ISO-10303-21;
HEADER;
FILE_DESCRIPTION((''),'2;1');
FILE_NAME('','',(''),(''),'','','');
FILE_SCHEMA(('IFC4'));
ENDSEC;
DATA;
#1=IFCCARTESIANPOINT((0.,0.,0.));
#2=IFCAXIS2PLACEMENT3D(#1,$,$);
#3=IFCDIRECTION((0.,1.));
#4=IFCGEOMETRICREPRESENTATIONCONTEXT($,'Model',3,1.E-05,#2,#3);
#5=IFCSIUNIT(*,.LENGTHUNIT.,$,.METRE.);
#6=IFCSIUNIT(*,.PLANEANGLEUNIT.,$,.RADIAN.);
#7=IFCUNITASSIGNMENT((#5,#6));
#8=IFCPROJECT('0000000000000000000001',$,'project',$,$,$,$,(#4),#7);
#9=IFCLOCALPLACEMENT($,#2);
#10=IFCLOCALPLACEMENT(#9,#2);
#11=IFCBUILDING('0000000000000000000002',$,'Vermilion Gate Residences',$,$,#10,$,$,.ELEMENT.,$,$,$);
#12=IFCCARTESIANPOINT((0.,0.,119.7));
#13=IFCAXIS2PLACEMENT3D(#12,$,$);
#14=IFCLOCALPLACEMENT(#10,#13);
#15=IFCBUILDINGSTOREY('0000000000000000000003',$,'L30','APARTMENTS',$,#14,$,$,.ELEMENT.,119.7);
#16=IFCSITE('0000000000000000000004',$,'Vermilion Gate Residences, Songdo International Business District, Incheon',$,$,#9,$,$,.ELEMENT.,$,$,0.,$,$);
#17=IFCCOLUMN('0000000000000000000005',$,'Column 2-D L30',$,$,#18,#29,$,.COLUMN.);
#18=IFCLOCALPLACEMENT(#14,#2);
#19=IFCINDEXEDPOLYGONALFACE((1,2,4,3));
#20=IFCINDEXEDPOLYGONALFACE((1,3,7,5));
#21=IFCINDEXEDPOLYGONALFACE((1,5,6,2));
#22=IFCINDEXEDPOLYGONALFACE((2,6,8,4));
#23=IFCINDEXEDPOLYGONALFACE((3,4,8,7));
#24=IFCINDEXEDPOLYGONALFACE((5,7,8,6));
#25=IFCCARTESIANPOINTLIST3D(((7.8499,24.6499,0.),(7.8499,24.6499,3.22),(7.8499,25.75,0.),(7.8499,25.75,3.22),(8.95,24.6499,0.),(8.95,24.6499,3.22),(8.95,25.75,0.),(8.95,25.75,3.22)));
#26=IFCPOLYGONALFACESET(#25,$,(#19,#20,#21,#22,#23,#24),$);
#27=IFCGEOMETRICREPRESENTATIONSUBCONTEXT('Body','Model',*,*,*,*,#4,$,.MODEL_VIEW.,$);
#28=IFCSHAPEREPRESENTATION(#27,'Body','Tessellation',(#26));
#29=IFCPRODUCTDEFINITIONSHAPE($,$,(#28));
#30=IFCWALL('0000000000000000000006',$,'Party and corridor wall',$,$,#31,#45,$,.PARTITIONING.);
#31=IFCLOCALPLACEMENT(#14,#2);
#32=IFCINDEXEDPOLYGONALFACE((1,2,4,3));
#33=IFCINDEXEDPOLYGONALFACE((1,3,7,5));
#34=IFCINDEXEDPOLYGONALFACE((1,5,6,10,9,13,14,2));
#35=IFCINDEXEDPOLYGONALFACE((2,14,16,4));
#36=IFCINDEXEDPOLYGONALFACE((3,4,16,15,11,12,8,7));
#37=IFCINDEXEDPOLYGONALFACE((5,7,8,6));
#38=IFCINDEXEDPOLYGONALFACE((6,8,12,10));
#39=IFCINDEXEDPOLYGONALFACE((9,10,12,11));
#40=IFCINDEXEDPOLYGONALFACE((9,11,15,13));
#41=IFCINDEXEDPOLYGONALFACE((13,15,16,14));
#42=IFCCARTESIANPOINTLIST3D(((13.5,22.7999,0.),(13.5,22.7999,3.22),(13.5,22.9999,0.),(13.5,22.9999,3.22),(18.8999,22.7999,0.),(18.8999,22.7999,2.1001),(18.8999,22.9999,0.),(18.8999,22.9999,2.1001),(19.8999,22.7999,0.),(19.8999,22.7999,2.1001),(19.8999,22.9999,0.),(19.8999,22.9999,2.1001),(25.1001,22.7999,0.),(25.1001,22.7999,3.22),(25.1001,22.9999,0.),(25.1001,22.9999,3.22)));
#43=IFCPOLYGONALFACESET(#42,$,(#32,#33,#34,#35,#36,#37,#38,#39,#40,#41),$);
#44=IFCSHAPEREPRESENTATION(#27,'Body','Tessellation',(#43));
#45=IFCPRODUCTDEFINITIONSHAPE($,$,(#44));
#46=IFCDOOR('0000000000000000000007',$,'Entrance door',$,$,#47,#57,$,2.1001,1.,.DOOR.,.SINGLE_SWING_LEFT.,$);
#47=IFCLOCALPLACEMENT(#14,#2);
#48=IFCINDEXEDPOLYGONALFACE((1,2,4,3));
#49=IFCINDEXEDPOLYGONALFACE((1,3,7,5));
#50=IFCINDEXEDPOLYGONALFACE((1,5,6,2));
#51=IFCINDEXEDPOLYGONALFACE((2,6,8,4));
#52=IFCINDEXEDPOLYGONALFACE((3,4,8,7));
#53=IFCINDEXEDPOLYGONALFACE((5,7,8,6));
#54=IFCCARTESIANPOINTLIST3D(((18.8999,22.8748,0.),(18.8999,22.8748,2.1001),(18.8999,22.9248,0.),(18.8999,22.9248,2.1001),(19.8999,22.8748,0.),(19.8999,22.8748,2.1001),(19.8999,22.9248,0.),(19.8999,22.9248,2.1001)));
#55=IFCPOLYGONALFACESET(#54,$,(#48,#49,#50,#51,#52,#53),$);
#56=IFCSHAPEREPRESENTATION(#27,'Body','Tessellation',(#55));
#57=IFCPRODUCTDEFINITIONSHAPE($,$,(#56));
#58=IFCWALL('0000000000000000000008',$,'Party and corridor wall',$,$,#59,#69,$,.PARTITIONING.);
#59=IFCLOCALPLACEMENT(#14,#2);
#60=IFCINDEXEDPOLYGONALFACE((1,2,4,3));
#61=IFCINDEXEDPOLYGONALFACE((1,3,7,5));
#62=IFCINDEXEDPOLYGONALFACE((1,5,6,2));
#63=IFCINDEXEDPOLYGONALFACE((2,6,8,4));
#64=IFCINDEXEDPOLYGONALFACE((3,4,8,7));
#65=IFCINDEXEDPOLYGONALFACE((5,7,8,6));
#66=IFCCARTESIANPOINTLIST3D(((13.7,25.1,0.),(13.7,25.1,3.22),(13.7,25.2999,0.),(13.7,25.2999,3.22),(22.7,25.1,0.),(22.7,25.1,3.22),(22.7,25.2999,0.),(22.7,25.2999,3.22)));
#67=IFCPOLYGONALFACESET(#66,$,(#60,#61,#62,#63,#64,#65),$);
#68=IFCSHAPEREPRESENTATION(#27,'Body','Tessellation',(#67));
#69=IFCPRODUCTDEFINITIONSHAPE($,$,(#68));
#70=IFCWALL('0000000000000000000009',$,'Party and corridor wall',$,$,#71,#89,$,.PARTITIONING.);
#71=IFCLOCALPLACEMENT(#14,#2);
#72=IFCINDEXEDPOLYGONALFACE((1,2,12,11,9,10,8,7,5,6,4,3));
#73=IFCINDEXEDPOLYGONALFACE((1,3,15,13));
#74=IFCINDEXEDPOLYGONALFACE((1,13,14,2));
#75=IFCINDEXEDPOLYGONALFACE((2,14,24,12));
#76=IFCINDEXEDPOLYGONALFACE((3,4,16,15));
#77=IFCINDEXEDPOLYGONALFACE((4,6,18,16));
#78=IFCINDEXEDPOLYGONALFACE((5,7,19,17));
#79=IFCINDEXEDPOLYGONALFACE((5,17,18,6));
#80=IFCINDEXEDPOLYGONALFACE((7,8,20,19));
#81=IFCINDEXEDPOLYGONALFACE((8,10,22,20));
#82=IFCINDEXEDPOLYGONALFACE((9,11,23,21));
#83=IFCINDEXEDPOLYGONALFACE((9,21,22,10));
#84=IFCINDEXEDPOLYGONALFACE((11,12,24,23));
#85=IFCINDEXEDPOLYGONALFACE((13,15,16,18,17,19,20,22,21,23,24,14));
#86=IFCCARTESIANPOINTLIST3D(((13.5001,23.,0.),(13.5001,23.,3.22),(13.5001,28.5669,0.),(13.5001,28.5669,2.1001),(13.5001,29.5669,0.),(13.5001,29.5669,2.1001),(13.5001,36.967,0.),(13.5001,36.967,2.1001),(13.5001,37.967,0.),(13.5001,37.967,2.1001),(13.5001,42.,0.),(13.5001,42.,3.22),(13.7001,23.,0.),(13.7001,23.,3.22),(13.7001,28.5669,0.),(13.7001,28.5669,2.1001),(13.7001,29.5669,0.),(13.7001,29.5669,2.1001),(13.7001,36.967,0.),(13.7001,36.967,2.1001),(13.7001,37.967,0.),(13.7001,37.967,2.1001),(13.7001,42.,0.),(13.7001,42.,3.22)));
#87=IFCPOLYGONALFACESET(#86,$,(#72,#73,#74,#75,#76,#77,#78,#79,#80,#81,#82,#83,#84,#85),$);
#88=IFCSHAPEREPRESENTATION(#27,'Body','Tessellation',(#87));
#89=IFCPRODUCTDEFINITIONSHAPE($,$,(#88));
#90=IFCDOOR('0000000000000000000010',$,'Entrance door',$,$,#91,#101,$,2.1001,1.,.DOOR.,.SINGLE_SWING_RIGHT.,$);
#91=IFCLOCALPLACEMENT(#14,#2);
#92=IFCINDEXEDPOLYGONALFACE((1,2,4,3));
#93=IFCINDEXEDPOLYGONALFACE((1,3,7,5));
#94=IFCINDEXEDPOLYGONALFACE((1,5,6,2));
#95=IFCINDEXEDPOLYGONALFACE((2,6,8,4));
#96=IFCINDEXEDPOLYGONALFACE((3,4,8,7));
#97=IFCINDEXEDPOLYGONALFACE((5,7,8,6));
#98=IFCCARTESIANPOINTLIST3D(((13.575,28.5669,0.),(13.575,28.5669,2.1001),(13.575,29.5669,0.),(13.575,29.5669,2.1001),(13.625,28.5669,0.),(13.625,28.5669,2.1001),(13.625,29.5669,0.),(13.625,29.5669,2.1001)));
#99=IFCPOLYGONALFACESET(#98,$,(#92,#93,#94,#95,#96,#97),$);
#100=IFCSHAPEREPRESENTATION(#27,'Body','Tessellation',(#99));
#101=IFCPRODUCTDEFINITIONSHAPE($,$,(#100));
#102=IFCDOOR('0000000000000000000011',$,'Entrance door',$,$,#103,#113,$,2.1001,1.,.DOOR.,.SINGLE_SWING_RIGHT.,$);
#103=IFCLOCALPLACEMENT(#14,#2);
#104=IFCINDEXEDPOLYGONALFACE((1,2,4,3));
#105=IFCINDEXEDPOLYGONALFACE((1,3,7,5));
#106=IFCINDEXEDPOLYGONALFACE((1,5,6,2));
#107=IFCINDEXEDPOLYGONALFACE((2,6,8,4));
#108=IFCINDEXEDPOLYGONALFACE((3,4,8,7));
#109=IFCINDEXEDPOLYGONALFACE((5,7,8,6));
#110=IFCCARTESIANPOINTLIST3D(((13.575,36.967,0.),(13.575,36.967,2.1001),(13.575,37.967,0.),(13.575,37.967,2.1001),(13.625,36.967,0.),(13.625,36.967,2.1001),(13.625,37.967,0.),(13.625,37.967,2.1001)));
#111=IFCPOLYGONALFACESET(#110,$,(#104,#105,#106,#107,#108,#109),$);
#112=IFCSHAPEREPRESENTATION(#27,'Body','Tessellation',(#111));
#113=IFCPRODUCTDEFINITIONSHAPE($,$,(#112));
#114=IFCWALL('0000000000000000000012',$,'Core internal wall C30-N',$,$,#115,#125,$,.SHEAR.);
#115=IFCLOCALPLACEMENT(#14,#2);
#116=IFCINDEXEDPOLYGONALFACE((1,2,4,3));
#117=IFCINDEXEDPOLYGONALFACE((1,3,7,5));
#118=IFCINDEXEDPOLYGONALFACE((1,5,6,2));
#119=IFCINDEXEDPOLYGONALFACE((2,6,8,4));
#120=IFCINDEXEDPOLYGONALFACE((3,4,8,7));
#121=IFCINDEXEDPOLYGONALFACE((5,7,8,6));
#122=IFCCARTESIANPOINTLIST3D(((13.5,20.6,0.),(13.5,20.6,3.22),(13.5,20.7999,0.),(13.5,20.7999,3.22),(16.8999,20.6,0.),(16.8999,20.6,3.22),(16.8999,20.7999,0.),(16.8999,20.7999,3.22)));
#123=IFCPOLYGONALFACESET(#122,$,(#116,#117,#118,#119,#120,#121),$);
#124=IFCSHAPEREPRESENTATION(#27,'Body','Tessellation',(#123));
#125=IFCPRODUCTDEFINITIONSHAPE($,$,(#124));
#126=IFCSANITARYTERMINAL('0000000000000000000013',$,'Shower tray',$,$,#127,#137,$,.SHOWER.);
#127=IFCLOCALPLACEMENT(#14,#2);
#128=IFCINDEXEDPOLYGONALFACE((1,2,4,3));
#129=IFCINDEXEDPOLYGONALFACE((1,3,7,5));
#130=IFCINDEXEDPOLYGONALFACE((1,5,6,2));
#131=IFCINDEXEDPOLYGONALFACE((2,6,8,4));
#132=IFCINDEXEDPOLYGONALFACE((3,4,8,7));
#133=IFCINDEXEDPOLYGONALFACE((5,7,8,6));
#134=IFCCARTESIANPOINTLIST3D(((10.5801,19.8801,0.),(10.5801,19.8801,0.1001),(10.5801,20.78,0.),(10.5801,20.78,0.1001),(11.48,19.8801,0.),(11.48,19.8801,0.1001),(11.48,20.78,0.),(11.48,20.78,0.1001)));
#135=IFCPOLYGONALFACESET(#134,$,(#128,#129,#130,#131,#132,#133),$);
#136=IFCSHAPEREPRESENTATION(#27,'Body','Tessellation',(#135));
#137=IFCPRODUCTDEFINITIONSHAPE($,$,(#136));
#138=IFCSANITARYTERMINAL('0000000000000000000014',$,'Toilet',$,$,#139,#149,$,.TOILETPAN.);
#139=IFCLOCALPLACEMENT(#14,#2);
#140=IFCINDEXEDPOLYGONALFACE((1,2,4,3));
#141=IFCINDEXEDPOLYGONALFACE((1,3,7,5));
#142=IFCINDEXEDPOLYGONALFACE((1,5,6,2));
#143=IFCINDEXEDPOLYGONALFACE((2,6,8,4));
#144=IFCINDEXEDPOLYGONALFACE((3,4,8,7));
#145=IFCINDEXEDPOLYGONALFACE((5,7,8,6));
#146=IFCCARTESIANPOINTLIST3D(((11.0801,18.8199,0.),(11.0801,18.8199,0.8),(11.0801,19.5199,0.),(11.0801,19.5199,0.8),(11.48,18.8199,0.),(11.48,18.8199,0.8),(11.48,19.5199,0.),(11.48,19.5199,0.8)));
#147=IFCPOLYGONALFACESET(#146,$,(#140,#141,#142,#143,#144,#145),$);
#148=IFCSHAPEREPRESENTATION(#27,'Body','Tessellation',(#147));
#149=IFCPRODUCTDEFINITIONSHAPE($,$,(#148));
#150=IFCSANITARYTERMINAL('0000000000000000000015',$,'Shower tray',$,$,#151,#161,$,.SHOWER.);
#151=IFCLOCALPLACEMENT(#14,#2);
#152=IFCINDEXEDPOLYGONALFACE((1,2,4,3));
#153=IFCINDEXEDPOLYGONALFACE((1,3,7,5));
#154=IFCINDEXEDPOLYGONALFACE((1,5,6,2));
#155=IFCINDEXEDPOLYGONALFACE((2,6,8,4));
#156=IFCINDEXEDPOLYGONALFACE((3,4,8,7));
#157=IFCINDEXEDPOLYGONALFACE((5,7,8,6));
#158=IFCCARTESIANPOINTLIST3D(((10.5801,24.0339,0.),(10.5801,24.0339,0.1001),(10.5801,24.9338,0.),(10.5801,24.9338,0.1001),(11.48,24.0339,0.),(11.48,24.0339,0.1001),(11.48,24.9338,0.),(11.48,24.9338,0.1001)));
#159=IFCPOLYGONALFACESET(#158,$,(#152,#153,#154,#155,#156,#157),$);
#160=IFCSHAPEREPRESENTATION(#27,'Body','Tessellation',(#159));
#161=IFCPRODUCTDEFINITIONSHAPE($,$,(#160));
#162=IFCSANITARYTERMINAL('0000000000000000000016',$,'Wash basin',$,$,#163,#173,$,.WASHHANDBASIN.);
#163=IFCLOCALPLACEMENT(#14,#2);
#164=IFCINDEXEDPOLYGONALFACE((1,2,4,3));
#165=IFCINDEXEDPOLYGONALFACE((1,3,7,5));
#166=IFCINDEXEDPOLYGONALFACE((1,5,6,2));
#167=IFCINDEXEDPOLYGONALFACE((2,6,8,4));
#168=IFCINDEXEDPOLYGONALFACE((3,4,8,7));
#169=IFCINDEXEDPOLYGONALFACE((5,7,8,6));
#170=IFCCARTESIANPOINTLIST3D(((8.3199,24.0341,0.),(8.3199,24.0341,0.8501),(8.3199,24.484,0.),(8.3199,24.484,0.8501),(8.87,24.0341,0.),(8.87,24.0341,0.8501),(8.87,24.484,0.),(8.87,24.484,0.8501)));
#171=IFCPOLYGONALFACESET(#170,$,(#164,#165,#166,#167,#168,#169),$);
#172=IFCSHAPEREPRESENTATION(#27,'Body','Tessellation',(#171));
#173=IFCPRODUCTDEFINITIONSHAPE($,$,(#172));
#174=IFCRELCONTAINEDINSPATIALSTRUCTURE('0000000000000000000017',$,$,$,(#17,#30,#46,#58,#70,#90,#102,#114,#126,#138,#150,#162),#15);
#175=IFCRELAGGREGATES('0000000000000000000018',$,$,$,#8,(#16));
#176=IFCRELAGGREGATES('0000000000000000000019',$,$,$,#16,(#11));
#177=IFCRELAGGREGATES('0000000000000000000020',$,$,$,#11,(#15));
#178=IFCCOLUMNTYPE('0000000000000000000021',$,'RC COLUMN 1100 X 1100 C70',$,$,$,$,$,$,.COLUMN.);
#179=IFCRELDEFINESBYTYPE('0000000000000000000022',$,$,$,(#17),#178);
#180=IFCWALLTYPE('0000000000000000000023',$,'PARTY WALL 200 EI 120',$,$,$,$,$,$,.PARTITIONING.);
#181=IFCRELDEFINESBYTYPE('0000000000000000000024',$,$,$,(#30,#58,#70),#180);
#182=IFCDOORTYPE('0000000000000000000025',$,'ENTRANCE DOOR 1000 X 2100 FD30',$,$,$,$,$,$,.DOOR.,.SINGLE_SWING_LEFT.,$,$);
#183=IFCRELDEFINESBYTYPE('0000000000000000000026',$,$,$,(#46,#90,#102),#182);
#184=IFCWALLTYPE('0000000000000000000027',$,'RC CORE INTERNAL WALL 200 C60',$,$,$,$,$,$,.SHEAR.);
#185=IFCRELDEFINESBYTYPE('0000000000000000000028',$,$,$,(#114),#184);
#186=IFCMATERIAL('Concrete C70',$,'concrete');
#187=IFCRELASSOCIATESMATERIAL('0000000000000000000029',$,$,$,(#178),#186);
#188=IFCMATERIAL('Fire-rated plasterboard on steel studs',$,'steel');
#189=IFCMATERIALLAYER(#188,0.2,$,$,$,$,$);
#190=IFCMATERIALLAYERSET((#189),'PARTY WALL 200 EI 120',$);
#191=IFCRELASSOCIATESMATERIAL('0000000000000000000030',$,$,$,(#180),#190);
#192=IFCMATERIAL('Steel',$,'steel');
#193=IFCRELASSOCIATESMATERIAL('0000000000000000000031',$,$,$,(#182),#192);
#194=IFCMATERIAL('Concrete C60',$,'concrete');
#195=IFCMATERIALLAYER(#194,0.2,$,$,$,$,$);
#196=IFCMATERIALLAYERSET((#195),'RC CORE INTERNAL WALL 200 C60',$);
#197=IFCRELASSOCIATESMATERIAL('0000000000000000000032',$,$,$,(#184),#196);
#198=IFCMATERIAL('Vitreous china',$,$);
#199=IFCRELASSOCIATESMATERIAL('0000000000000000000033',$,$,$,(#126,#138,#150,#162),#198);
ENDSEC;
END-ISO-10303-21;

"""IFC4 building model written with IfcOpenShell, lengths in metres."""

from ifc_helpers import new_model, si_unit, direction, frame, frame_2d, origin, origin_2d, place, context, subcontext, project, spatial, rectangle, extrude, material, layer, layer_set, material_profile, profile_set, type_object, element, fill, save


model = new_model("IFC4")

# Units and contexts
model_context = context("Model", 3, precision=1e-05, world=origin(), true_north=direction((0.0, 1.0)))
body_context = subcontext(model_context, "Body", "Model", "MODEL_VIEW")
ifc_project = project(units=[si_unit("LENGTHUNIT", "METRE"), si_unit("PLANEANGLEUNIT", "RADIAN")], contexts=[model_context])

# Site, building, storey
site_placement = place(None, origin())
site = spatial("IfcSite", under=ifc_project, at=site_placement, Name="Vermilion Gate Residences, Songdo International Business District, Incheon", CompositionType="ELEMENT", RefElevation=0.0)
building_placement = place(site_placement, origin())
building = spatial("IfcBuilding", under=site, at=building_placement, Name="Vermilion Gate Residences", CompositionType="ELEMENT")
storey_placement = place(building_placement, frame((0.0, 0.0, 119.7)))
storey = spatial("IfcBuildingStorey", under=building, at=storey_placement, Name="L30", Description="APARTMENTS", CompositionType="ELEMENT", Elevation=119.7)

# Column
ifc_material_1 = material(Name="Concrete C70", Category="concrete")
ifc_material_profile = material_profile(ifc_material_1, rectangle(XDim=1.1001, YDim=1.1001, at=origin_2d()), Name="RC-1100x1100")
ifc_profile_set = profile_set([ifc_material_profile], Name="Concrete C70")
column_type = type_object("IfcColumnType", Name="RC COLUMN 1100 X 1100 C70", PredefinedType="COLUMN", material=ifc_profile_set)
column_placement = place(storey_placement, frame((8.3999, 25.2, 0.0), z_axis=(0.0, 0.0, 1.0), x_axis=(1.0, 0.0, 0.0)))
element("IfcColumn", 1, at=column_placement, inside=storey, type_object=column_type, Name="Column 2-D L30", PredefinedType="COLUMN", context=body_context, shape_type="SweptSolid", body=[
    extrude(rectangle(XDim=1.1001, YDim=1.1001, at=origin_2d()), origin(), (0.0, 0.0, 1.0), 3.22),
])

# Wall, opening, door
ifc_material_2 = material(Name="Fire-rated plasterboard on steel studs", Category="steel")
ifc_layer_1 = layer(ifc_material_2, 0.2)
ifc_layer_set_1 = layer_set([ifc_layer_1], Name="PARTY WALL 200 EI 120")
wall_type_1 = type_object("IfcWallType", Name="PARTY WALL 200 EI 120", PredefinedType="PARTITIONING", material=ifc_layer_set_1)
wall_1_placement = place(storey_placement, frame((13.5, 22.8999, 0.0), z_axis=(0.0, 0.0, 1.0), x_axis=(1.0, 0.0, 0.0)))
wall_1 = element("IfcWall", 2, at=wall_1_placement, inside=storey, type_object=wall_type_1, Name="Party and corridor wall", PredefinedType="PARTITIONING", context=body_context, shape_type="SweptSolid", body=[
    extrude(rectangle(XDim=11.6001, YDim=0.2, at=frame_2d((5.8, 0.0))), origin(), (0.0, 0.0, 1.0), 3.22),
])
opening_1_placement = place(wall_1_placement, frame((5.3999, 0.0, 0.0)))
opening_1 = element("IfcOpeningElement", 3, at=opening_1_placement, cuts=wall_1, PredefinedType="OPENING", context=body_context, shape_type="SweptSolid", body=[
    extrude(rectangle(XDim=1.0, YDim=2.1001, at=frame_2d((0.5, 1.05))), frame((0.0, 0.1099, 0.0), z_axis=(0.0, -1.0, 0.0), x_axis=(1.0, 0.0, 0.0)), (0.0, 0.0, 1.0), 0.22),
])
ifc_material_3 = material(Name="Steel", Category="steel")
door_type = type_object("IfcDoorType", Name="ENTRANCE DOOR 1000 X 2100 FD30", OperationType="SINGLE_SWING_LEFT", PredefinedType="DOOR", material=ifc_material_3)
door_1_placement = place(opening_1_placement, origin())
door_1 = element("IfcDoor", 4, at=door_1_placement, inside=storey, type_object=door_type, Name="Entrance door", OperationType="SINGLE_SWING_LEFT", OverallHeight=2.1001, OverallWidth=1.0, PredefinedType="DOOR", context=body_context, shape_type="SweptSolid", body=[
    extrude(rectangle(XDim=1.0, YDim=2.1001, at=frame_2d((0.5, 1.05))), frame((0.0, 0.0249, 0.0), z_axis=(0.0, -1.0, 0.0), x_axis=(1.0, 0.0, 0.0)), (0.0, 0.0, 1.0), 0.05),
])
fill(opening_1, door_1)

# Wall
wall_2_placement = place(storey_placement, frame((13.7, 25.2, 0.0), z_axis=(0.0, 0.0, 1.0), x_axis=(1.0, 0.0, 0.0)))
element("IfcWall", 5, at=wall_2_placement, inside=storey, type_object=wall_type_1, Name="Party and corridor wall", PredefinedType="PARTITIONING", context=body_context, shape_type="SweptSolid", body=[
    extrude(rectangle(XDim=9.0, YDim=0.2, at=frame_2d((4.5, 0.0))), origin(), (0.0, 0.0, 1.0), 3.22),
])

# Wall, openings, doors
wall_3_placement = place(storey_placement, frame((13.6001, 23.0, 0.0), z_axis=(0.0, 0.0, 1.0), x_axis=(0.0, 1.0, 0.0)))
wall_3 = element("IfcWall", 6, at=wall_3_placement, inside=storey, type_object=wall_type_1, Name="Party and corridor wall", PredefinedType="PARTITIONING", context=body_context, shape_type="SweptSolid", body=[
    extrude(rectangle(XDim=19.0, YDim=0.2, at=frame_2d((9.5, 0.0))), origin(), (0.0, 0.0, 1.0), 3.22),
])
opening_2_placement = place(wall_3_placement, frame((5.5669, 0.0, 0.0)))
opening_2 = element("IfcOpeningElement", 7, at=opening_2_placement, cuts=wall_3, PredefinedType="OPENING", context=body_context, shape_type="SweptSolid", body=[
    extrude(rectangle(XDim=1.0, YDim=2.1001, at=frame_2d((0.5, 1.05))), frame((0.0, 0.1099, 0.0), z_axis=(0.0, -1.0, 0.0), x_axis=(1.0, 0.0, 0.0)), (0.0, 0.0, 1.0), 0.22),
])
opening_3_placement = place(wall_3_placement, frame((13.967, 0.0, 0.0)))
opening_3 = element("IfcOpeningElement", 8, at=opening_3_placement, cuts=wall_3, PredefinedType="OPENING", context=body_context, shape_type="SweptSolid", body=[
    extrude(rectangle(XDim=1.0, YDim=2.1001, at=frame_2d((0.5, 1.05))), frame((0.0, 0.1099, 0.0), z_axis=(0.0, -1.0, 0.0), x_axis=(1.0, 0.0, 0.0)), (0.0, 0.0, 1.0), 0.22),
])
door_2_placement = place(opening_2_placement, frame((1.0, 0.0, 0.0), z_axis=(0.0, 0.0, 1.0), x_axis=(-1.0, 0.0, 0.0)))
door_2 = element("IfcDoor", 9, at=door_2_placement, inside=storey, type_object=door_type, Name="Entrance door", OperationType="SINGLE_SWING_RIGHT", OverallHeight=2.1001, OverallWidth=1.0, PredefinedType="DOOR", context=body_context, shape_type="SweptSolid", body=[
    extrude(rectangle(XDim=1.0, YDim=2.1001, at=frame_2d((0.5, 1.05))), frame((0.0, 0.0249, 0.0), z_axis=(0.0, -1.0, 0.0), x_axis=(1.0, 0.0, 0.0)), (0.0, 0.0, 1.0), 0.05),
])
fill(opening_2, door_2)
door_3_placement = place(opening_3_placement, frame((1.0, 0.0, 0.0), z_axis=(0.0, 0.0, 1.0), x_axis=(-1.0, 0.0, 0.0)))
door_3 = element("IfcDoor", 10, at=door_3_placement, inside=storey, type_object=door_type, Name="Entrance door", OperationType="SINGLE_SWING_RIGHT", OverallHeight=2.1001, OverallWidth=1.0, PredefinedType="DOOR", context=body_context, shape_type="SweptSolid", body=[
    extrude(rectangle(XDim=1.0, YDim=2.1001, at=frame_2d((0.5, 1.05))), frame((0.0, 0.0249, 0.0), z_axis=(0.0, -1.0, 0.0), x_axis=(1.0, 0.0, 0.0)), (0.0, 0.0, 1.0), 0.05),
])
fill(opening_3, door_3)

# Wall
ifc_material_4 = material(Name="Concrete C60", Category="concrete")
ifc_layer_2 = layer(ifc_material_4, 0.2)
ifc_layer_set_2 = layer_set([ifc_layer_2], Name="RC CORE INTERNAL WALL 200 C60")
wall_type_2 = type_object("IfcWallType", Name="RC CORE INTERNAL WALL 200 C60", PredefinedType="SHEAR", material=ifc_layer_set_2)
wall_4_placement = place(storey_placement, frame((13.5, 20.7, 0.0), z_axis=(0.0, 0.0, 1.0), x_axis=(1.0, 0.0, 0.0)))
element("IfcWall", 11, at=wall_4_placement, inside=storey, type_object=wall_type_2, Name="Core internal wall C30-N", PredefinedType="SHEAR", context=body_context, shape_type="SweptSolid", body=[
    extrude(rectangle(XDim=3.3999, YDim=0.2, at=frame_2d((1.7, 0.0))), origin(), (0.0, 0.0, 1.0), 3.22),
])

# Sanitary terminals
ifc_material_5 = material(Name="Vitreous china")
sanitary_terminal_1_placement = place(storey_placement, frame((11.03, 20.3301, 0.0), z_axis=(0.0, 0.0, 1.0), x_axis=(1.0, 0.0, 0.0)))
element("IfcSanitaryTerminal", 12, at=sanitary_terminal_1_placement, inside=storey, material=ifc_material_5, Name="Shower tray", PredefinedType="SHOWER", context=body_context, shape_type="SweptSolid", body=[
    extrude(rectangle(XDim=0.8999, YDim=0.8999, at=origin_2d()), origin(), (0.0, 0.0, 1.0), 0.1001),
])
sanitary_terminal_2_placement = place(storey_placement, frame((11.28, 19.1699, 0.0), z_axis=(0.0, 0.0, 1.0), x_axis=(1.0, 0.0, 0.0)))
element("IfcSanitaryTerminal", 13, at=sanitary_terminal_2_placement, inside=storey, material=ifc_material_5, Name="Toilet", PredefinedType="TOILETPAN", context=body_context, shape_type="SweptSolid", body=[
    extrude(rectangle(XDim=0.3999, YDim=0.7, at=origin_2d()), origin(), (0.0, 0.0, 1.0), 0.8),
])
sanitary_terminal_3_placement = place(storey_placement, frame((11.03, 24.4839, 0.0), z_axis=(0.0, 0.0, 1.0), x_axis=(1.0, 0.0, 0.0)))
element("IfcSanitaryTerminal", 14, at=sanitary_terminal_3_placement, inside=storey, material=ifc_material_5, Name="Shower tray", PredefinedType="SHOWER", context=body_context, shape_type="SweptSolid", body=[
    extrude(rectangle(XDim=0.8999, YDim=0.8999, at=origin_2d()), origin(), (0.0, 0.0, 1.0), 0.1001),
])
sanitary_terminal_4_placement = place(storey_placement, frame((8.595, 24.259, 0.0), z_axis=(0.0, 0.0, 1.0), x_axis=(1.0, 0.0, 0.0)))
element("IfcSanitaryTerminal", 15, at=sanitary_terminal_4_placement, inside=storey, material=ifc_material_5, Name="Wash basin", PredefinedType="WASHHANDBASIN", context=body_context, shape_type="SweptSolid", body=[
    extrude(rectangle(XDim=0.55, YDim=0.45, at=origin_2d()), origin(), (0.0, 0.0, 1.0), 0.8501),
])

save(model, "model.ifc")
